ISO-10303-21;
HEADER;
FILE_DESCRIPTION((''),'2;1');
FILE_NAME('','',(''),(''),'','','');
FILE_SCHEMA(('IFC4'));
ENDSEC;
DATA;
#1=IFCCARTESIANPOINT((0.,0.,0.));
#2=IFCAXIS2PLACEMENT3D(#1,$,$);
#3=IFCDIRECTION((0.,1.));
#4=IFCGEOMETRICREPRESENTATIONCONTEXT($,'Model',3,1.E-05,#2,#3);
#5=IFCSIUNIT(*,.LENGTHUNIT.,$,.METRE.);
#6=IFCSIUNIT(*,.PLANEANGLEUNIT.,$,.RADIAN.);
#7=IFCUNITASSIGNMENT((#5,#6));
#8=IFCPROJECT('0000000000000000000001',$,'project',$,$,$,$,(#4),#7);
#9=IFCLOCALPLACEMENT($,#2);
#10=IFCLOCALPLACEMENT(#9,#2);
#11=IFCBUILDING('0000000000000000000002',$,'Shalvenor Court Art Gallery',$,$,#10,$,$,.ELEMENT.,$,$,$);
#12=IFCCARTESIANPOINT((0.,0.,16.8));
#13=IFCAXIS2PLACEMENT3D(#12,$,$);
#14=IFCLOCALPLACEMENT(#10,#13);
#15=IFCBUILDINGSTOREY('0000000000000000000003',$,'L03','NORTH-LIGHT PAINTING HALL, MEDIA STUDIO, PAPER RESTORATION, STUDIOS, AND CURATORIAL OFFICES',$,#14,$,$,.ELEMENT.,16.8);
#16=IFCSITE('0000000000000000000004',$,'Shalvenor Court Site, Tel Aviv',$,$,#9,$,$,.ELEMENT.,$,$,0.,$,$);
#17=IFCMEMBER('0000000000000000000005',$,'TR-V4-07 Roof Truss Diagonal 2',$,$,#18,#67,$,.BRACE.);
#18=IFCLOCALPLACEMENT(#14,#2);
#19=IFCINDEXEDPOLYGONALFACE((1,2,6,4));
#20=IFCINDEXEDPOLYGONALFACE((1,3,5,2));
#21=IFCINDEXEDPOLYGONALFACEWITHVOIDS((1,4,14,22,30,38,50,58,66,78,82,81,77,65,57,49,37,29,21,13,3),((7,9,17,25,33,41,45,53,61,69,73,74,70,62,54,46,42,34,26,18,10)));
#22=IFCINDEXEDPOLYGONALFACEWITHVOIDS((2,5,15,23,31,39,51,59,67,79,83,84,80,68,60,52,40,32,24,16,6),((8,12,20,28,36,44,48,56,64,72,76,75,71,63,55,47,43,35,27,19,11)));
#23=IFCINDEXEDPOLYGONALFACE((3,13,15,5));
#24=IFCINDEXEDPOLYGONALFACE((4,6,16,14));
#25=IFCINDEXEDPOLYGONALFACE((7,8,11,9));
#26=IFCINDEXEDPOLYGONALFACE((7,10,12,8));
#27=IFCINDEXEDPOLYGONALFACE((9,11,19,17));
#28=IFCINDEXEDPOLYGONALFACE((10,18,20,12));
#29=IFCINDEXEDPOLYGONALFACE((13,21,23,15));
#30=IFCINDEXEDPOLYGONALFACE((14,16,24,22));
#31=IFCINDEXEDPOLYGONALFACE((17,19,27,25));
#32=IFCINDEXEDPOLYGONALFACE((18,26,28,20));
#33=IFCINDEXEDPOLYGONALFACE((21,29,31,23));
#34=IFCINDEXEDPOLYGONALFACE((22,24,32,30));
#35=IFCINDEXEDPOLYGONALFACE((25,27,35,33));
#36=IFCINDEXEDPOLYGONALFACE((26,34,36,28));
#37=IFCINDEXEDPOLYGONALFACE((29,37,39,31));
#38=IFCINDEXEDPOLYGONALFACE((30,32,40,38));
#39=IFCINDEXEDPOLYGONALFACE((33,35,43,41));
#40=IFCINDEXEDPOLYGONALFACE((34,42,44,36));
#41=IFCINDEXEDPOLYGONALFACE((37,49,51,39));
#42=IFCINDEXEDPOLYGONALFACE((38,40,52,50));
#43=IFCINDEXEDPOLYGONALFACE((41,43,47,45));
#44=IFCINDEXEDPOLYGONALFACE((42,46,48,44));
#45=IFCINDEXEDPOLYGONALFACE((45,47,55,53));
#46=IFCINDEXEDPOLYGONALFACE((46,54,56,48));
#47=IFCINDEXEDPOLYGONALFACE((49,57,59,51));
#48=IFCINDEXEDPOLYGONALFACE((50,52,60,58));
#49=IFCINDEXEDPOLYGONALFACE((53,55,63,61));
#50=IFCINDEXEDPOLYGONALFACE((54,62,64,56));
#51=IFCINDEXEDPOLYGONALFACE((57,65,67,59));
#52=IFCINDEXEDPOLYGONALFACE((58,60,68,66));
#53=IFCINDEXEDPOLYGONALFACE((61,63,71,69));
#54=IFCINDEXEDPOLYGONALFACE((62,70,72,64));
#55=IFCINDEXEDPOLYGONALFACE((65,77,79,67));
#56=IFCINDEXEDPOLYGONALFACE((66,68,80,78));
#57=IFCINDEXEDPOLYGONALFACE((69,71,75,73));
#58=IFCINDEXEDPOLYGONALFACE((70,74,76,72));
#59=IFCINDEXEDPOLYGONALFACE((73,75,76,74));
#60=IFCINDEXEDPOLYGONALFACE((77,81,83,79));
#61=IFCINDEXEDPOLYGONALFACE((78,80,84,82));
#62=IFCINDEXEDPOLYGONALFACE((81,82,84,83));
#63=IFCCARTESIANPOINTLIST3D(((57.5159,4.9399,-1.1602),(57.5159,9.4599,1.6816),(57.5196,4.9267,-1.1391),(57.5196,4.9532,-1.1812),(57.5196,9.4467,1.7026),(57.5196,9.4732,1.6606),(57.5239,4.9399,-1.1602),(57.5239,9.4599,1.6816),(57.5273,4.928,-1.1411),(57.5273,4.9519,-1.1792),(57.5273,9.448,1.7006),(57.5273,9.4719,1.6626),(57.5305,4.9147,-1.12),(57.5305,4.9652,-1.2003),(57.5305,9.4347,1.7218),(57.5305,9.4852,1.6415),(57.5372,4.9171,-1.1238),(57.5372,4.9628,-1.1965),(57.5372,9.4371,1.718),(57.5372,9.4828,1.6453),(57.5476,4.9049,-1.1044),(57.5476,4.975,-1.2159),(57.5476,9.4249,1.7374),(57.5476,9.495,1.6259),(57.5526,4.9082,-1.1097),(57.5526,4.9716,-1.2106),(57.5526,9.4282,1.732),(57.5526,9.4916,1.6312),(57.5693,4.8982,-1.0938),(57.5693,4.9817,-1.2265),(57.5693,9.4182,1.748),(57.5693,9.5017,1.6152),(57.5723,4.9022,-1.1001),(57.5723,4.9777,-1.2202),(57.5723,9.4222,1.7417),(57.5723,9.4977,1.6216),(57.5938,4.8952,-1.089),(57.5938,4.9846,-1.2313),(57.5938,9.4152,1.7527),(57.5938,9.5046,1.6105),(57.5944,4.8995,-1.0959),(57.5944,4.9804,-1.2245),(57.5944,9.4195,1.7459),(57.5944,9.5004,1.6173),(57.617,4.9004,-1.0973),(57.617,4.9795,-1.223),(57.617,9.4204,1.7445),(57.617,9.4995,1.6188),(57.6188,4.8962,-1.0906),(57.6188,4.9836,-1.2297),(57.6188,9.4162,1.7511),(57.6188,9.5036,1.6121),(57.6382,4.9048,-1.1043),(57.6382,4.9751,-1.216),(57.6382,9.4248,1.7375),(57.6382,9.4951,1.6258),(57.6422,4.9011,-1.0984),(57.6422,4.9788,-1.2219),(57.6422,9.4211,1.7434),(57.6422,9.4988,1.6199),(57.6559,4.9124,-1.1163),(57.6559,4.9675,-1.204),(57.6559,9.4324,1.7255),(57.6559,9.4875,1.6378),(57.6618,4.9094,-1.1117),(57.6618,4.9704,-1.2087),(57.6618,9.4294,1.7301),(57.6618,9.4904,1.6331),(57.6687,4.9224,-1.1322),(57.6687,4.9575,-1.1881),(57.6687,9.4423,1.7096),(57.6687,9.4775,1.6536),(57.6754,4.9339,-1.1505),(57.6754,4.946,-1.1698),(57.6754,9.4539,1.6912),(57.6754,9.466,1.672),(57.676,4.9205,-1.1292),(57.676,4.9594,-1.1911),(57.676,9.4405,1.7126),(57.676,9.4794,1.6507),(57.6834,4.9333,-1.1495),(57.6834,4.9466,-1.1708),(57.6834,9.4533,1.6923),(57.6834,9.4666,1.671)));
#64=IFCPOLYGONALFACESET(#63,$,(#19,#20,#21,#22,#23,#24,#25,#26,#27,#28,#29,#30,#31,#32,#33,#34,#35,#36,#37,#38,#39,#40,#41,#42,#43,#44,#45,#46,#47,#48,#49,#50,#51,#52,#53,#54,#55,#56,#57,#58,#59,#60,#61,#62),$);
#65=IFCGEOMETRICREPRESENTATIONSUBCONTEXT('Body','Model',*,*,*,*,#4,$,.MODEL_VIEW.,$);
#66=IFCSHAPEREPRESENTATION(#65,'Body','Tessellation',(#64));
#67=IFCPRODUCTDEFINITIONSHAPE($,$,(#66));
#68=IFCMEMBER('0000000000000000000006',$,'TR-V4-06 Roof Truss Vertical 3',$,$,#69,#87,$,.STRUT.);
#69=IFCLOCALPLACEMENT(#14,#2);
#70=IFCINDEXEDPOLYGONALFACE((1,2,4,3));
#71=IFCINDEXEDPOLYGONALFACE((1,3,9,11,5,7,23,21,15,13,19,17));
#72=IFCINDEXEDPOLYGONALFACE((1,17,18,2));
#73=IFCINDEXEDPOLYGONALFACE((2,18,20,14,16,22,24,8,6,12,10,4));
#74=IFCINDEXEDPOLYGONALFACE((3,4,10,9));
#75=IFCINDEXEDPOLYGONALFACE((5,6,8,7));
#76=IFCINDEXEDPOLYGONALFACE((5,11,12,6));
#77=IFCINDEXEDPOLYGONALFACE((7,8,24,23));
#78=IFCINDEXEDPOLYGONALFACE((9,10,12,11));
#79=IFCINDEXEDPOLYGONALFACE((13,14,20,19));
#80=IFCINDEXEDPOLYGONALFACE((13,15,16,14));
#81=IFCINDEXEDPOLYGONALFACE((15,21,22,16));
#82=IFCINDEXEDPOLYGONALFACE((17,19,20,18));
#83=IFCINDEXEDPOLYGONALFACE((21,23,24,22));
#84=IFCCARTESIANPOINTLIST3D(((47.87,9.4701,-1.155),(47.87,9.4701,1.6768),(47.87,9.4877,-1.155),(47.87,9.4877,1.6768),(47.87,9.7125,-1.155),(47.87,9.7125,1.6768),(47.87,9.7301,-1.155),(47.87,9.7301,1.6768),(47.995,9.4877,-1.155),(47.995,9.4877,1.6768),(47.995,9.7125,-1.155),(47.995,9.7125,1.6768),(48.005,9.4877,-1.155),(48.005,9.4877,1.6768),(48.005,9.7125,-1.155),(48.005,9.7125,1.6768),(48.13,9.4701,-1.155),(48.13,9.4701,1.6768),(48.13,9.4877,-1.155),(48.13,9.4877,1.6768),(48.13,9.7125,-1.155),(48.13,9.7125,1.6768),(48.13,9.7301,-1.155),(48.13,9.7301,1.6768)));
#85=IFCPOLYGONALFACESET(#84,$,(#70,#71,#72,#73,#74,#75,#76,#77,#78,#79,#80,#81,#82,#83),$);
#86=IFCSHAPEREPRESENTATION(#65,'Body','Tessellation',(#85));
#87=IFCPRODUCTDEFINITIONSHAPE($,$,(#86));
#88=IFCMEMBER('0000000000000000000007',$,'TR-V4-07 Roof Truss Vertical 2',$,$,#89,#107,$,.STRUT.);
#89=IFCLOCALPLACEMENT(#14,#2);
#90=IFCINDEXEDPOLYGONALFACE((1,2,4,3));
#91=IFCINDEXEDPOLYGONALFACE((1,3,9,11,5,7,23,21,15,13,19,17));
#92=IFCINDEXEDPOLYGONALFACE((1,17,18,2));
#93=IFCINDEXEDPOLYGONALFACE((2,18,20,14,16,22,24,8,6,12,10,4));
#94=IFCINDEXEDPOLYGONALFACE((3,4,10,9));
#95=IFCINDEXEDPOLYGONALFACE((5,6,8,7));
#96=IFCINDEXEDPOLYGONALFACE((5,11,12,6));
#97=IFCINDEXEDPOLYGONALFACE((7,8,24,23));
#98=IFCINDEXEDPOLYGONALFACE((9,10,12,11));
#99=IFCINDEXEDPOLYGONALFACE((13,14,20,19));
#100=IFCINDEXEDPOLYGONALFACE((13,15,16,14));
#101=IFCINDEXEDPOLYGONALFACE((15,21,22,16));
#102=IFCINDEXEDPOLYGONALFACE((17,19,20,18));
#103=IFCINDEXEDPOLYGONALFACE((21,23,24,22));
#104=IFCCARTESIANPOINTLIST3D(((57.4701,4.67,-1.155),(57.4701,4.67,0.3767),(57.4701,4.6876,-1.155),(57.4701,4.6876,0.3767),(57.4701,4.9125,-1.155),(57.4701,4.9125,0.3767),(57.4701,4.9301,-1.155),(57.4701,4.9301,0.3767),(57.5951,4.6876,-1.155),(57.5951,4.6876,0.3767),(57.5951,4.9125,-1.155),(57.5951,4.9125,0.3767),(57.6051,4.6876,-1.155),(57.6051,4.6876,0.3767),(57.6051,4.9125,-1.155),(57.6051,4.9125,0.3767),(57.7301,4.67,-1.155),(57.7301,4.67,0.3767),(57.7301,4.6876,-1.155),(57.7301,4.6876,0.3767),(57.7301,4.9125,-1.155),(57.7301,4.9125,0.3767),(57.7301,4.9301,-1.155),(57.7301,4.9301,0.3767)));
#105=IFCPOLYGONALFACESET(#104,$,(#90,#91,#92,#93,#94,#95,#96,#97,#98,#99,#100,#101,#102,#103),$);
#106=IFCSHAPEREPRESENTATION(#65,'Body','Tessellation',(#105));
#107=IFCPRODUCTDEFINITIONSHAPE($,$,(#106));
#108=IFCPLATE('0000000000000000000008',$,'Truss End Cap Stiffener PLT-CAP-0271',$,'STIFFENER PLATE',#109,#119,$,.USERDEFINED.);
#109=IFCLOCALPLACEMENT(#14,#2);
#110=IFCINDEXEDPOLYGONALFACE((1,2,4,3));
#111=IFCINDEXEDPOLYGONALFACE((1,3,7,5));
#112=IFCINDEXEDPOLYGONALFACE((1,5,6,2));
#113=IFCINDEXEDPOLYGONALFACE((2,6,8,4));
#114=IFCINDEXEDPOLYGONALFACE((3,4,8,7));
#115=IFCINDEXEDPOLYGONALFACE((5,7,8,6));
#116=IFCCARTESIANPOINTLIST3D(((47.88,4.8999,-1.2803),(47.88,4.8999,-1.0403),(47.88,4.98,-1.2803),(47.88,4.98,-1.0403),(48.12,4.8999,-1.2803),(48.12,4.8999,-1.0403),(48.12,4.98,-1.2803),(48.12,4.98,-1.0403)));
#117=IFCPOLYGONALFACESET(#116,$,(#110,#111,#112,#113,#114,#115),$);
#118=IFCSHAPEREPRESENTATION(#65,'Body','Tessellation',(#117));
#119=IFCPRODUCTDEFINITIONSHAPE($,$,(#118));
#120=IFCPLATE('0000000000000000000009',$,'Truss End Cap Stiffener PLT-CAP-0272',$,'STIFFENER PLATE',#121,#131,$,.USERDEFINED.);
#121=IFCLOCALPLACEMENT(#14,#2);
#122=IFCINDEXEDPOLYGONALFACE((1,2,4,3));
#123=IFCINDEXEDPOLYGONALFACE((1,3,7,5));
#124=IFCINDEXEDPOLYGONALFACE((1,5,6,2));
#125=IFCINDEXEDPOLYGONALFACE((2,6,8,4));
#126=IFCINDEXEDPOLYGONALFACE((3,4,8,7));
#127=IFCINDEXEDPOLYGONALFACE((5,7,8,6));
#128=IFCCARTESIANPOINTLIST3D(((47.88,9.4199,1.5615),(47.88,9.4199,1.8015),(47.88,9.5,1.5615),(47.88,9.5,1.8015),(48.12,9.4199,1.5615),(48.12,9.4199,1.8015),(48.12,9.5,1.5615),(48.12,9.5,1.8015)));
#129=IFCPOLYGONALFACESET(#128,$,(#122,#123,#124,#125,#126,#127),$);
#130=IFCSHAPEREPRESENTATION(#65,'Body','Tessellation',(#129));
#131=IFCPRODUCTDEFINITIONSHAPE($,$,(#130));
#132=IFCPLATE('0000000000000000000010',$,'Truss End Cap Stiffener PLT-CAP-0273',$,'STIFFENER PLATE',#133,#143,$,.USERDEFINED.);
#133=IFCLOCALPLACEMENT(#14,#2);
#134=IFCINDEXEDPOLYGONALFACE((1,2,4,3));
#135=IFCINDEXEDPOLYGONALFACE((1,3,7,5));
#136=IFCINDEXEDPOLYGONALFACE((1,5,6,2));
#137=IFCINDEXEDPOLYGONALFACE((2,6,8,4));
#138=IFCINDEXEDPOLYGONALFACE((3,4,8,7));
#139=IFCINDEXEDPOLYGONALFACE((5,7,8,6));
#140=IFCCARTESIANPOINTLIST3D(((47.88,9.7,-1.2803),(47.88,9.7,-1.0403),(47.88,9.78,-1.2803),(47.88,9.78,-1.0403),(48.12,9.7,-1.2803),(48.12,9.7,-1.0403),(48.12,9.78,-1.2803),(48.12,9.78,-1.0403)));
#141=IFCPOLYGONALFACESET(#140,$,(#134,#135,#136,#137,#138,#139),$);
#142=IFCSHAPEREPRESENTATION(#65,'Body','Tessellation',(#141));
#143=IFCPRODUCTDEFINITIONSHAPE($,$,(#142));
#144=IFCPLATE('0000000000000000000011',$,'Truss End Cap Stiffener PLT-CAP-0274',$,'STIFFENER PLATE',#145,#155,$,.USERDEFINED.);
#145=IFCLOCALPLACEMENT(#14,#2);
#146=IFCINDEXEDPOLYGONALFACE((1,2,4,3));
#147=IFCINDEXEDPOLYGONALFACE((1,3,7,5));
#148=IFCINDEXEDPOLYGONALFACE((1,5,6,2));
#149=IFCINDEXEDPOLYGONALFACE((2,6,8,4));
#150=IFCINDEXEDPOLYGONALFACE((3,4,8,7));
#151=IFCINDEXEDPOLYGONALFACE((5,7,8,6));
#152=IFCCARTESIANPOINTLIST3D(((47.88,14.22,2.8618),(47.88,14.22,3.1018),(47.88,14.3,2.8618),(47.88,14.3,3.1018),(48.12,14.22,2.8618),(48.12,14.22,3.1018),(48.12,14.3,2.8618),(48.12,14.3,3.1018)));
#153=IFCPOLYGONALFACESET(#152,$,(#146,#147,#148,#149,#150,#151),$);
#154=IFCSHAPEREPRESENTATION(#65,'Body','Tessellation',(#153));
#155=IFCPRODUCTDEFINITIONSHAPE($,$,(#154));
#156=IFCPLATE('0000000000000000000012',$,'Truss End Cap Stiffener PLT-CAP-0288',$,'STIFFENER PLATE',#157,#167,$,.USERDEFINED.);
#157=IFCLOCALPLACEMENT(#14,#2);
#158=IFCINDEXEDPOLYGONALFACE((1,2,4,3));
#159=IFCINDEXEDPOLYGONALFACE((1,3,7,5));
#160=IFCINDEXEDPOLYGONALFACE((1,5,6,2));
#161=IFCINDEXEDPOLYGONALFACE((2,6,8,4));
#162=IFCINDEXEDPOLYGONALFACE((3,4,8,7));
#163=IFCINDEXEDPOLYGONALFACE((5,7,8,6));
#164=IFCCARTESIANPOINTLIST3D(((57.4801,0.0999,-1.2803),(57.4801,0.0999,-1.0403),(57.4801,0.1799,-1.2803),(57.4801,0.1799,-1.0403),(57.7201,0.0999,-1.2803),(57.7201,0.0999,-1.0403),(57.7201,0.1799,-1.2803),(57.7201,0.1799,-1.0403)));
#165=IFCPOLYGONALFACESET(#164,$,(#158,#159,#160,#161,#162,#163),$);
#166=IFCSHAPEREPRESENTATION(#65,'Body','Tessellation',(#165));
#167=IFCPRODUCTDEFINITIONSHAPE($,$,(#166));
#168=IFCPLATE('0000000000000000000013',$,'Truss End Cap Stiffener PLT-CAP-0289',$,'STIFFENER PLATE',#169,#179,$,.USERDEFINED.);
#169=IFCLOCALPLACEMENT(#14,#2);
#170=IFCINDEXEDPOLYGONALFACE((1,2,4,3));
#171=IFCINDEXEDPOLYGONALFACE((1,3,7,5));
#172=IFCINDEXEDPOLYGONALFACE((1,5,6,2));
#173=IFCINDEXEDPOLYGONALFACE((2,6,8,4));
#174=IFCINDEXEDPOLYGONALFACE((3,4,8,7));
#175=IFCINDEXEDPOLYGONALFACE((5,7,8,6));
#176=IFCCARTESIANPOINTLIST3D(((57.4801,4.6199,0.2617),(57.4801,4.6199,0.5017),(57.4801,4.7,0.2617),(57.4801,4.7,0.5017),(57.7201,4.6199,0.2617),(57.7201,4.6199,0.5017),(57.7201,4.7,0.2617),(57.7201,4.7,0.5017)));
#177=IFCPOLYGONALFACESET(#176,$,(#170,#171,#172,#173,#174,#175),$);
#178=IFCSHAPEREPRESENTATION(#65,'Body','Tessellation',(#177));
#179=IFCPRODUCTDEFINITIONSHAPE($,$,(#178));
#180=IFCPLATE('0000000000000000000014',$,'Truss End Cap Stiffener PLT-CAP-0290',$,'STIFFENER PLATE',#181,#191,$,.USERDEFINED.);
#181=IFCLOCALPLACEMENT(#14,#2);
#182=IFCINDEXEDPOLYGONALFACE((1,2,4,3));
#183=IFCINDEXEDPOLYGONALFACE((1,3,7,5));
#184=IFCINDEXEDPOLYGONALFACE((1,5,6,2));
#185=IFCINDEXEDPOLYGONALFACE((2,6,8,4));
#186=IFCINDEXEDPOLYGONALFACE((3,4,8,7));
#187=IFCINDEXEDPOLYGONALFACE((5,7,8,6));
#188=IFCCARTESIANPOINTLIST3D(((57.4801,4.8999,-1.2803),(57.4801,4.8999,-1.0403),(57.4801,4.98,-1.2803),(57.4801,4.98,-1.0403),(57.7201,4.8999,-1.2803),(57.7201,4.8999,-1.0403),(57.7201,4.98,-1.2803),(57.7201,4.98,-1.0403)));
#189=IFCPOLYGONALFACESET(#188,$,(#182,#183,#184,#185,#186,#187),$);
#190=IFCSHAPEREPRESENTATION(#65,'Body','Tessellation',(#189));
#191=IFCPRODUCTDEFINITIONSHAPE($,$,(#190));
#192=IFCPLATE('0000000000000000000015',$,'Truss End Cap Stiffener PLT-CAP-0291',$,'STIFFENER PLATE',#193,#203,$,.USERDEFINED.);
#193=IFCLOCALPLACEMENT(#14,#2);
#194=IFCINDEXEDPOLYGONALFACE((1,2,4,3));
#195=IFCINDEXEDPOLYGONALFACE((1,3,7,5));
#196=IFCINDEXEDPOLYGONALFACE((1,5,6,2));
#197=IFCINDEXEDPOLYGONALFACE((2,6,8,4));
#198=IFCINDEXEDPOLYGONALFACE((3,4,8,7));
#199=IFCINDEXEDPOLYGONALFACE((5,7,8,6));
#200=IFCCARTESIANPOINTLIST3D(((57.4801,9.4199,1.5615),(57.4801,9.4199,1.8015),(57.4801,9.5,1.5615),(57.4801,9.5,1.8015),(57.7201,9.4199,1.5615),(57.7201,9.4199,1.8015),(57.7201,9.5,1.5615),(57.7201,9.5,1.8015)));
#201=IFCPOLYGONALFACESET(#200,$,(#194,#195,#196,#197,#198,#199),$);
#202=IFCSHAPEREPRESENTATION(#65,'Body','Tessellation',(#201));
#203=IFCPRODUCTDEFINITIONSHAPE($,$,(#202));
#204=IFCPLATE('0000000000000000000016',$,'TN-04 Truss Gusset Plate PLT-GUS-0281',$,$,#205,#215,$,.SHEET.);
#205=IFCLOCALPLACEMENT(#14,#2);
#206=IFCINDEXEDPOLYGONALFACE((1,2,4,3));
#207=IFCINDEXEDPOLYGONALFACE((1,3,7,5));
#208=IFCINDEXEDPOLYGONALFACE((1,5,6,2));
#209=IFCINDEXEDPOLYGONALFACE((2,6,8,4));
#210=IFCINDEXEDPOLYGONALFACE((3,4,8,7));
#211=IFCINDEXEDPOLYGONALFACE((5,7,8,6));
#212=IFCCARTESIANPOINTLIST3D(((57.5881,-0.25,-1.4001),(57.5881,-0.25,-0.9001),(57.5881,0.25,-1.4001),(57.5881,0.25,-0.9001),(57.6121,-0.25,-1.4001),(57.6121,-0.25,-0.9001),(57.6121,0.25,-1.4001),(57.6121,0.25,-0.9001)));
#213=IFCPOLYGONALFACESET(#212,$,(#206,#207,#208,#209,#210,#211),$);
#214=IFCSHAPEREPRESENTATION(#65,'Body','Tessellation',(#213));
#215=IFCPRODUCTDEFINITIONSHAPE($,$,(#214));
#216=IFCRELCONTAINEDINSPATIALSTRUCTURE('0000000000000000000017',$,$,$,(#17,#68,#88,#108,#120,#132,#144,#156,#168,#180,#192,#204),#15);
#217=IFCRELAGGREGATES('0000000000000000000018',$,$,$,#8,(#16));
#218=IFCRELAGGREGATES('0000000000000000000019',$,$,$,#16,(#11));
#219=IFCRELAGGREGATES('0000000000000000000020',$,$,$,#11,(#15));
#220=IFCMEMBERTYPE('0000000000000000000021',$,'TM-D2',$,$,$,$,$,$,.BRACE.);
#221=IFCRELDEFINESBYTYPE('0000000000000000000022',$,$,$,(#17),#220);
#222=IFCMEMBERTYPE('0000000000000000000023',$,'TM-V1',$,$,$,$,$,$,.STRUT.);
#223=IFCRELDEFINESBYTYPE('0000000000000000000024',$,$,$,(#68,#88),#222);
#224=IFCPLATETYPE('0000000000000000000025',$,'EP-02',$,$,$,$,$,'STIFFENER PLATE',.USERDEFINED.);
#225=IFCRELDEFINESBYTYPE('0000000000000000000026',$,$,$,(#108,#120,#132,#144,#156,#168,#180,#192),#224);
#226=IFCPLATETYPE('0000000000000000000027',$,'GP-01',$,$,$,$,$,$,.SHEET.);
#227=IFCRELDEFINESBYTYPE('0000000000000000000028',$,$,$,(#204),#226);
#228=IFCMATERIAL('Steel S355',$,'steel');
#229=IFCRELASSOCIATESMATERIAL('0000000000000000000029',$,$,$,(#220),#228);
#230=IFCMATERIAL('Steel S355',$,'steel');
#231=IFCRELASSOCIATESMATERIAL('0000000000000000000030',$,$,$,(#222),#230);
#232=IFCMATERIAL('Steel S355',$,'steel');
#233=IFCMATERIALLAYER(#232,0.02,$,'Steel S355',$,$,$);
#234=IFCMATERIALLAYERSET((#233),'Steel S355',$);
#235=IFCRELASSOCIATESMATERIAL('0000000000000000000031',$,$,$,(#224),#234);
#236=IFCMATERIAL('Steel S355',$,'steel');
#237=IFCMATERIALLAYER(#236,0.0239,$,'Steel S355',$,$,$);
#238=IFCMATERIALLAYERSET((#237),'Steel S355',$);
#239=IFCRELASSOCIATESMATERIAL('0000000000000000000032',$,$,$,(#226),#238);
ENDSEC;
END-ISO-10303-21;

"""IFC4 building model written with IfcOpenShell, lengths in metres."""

from ifc_helpers import new_model, si_unit, direction, frame, origin, origin_2d, place, context, subcontext, project, spatial, rectangle, hollow_circle, i_section, extrude, material, layer, layer_set, material_profile, profile_set, type_object, element, save


model = new_model("IFC4")

# Units and contexts
model_context = context("Model", 3, precision=1e-05, world=origin(), true_north=direction((0.0, 1.0)))
body_context = subcontext(model_context, "Body", "Model", "MODEL_VIEW")
ifc_project = project(units=[si_unit("LENGTHUNIT", "METRE"), si_unit("PLANEANGLEUNIT", "RADIAN")], contexts=[model_context])

# Site, building, storey
site_placement = place(None, origin())
site = spatial("IfcSite", under=ifc_project, at=site_placement, Name="Shalvenor Court Site, Tel Aviv", CompositionType="ELEMENT", RefElevation=0.0)
building_placement = place(site_placement, origin())
building = spatial("IfcBuilding", under=site, at=building_placement, Name="Shalvenor Court Art Gallery", CompositionType="ELEMENT")
storey_placement = place(building_placement, frame((0.0, 0.0, 16.8)))
storey = spatial("IfcBuildingStorey", under=building, at=storey_placement, Name="L03", Description="NORTH-LIGHT PAINTING HALL, MEDIA STUDIO, PAPER RESTORATION, STUDIOS, AND CURATORIAL OFFICES", CompositionType="ELEMENT", Elevation=16.8)

# Members
ifc_material_1 = material(Name="Steel S355", Category="steel")
ifc_material_profile_1 = material_profile(ifc_material_1, hollow_circle(Radius=0.0842, WallThickness=0.0081, at=origin_2d()), Name="CHS 168.3x8.0")
ifc_profile_set_1 = profile_set([ifc_material_profile_1], Name="Steel S355")
member_type_1 = type_object("IfcMemberType", Name="TM-D2", PredefinedType="BRACE", material=ifc_profile_set_1)
member_1_placement = place(storey_placement, frame((57.6001, 4.9399, -1.1602), z_axis=(0.0, 0.846582, 0.532258), x_axis=(-1.0, 0.0, 0.0)))
element("IfcMember", 1, at=member_1_placement, inside=storey, type_object=member_type_1, Name="TR-V4-07 Roof Truss Diagonal 2", PredefinedType="BRACE", context=body_context, shape_type="SweptSolid", body=[
    extrude(hollow_circle(Radius=0.0842, WallThickness=0.0081, at=origin_2d()), origin(), (0.0, 0.0, 1.0), 5.3391),
])
ifc_material_2 = material(Name="Steel S355", Category="steel")
ifc_material_profile_2 = material_profile(ifc_material_2, i_section(OverallWidth=0.26, OverallDepth=0.26, WebThickness=0.01, FlangeThickness=0.0176, at=origin_2d()), Name="HEB 260")
ifc_profile_set_2 = profile_set([ifc_material_profile_2], Name="Steel S355")
member_type_2 = type_object("IfcMemberType", Name="TM-V1", PredefinedType="STRUT", material=ifc_profile_set_2)
member_2_placement = place(storey_placement, frame((48.0, 9.6001, -1.155), z_axis=(0.0, 0.0, 1.0), x_axis=(1.0, 0.0, 0.0)))
element("IfcMember", 2, at=member_2_placement, inside=storey, type_object=member_type_2, Name="TR-V4-06 Roof Truss Vertical 3", PredefinedType="STRUT", context=body_context, shape_type="SweptSolid", body=[
    extrude(i_section(OverallWidth=0.26, OverallDepth=0.26, WebThickness=0.01, FlangeThickness=0.0176, at=origin_2d()), origin(), (0.0, 0.0, 1.0), 2.8318),
])
member_3_placement = place(storey_placement, frame((57.6001, 4.8, -1.155), z_axis=(0.0, 0.0, 1.0), x_axis=(1.0, 0.0, 0.0)))
element("IfcMember", 3, at=member_3_placement, inside=storey, type_object=member_type_2, Name="TR-V4-07 Roof Truss Vertical 2", PredefinedType="STRUT", context=body_context, shape_type="SweptSolid", body=[
    extrude(i_section(OverallWidth=0.26, OverallDepth=0.26, WebThickness=0.01, FlangeThickness=0.0176, at=origin_2d()), origin(), (0.0, 0.0, 1.0), 1.5317),
])

# Plates
ifc_material_3 = material(Name="Steel S355", Category="steel")
ifc_layer_1 = layer(ifc_material_3, 0.02, Name="Steel S355")
ifc_layer_set_1 = layer_set([ifc_layer_1], Name="Steel S355")
plate_type_1 = type_object("IfcPlateType", Name="EP-02", ElementType="STIFFENER PLATE", PredefinedType="USERDEFINED", material=ifc_layer_set_1)
for number, where, z_axis, x_axis, name in (
    (4, (48.0, 4.9399, -1.2803), (0.0, 0.0, 1.0), (1.0, 0.0, 0.0), "Truss End Cap Stiffener PLT-CAP-0271"),
    (5, (48.0, 9.46, 1.5615), (0.0, 0.0, 1.0), (1.0, 0.0, 0.0), "Truss End Cap Stiffener PLT-CAP-0272"),
    (6, (48.0, 9.74, -1.2803), (0.0, 0.0, 1.0), (1.0, 0.0, 0.0), "Truss End Cap Stiffener PLT-CAP-0273"),
    (7, (48.0, 14.26, 2.8618), (0.0, 0.0, 1.0), (1.0, 0.0, 0.0), "Truss End Cap Stiffener PLT-CAP-0274"),
    (8, (57.6001, 0.1399, -1.2803), (0.0, 0.0, 1.0), (1.0, 0.0, 0.0), "Truss End Cap Stiffener PLT-CAP-0288"),
    (9, (57.6001, 4.6599, 0.2617), (0.0, 0.0, 1.0), (1.0, 0.0, 0.0), "Truss End Cap Stiffener PLT-CAP-0289"),
    (10, (57.6001, 4.9399, -1.2803), (0.0, 0.0, 1.0), (1.0, 0.0, 0.0), "Truss End Cap Stiffener PLT-CAP-0290"),
    (11, (57.6001, 9.46, 1.5615), (0.0, 0.0, 1.0), (1.0, 0.0, 0.0), "Truss End Cap Stiffener PLT-CAP-0291"),
):
    element("IfcPlate", number, at=place(storey_placement, frame(where, z_axis=z_axis, x_axis=x_axis)), inside=storey, type_object=plate_type_1, Name=name, ObjectType="STIFFENER PLATE", PredefinedType="USERDEFINED", context=body_context, shape_type="SweptSolid", body=[
        extrude(rectangle(XDim=0.24, YDim=0.0801, at=origin_2d()), origin(), (0.0, 0.0, 1.0), 0.24),
    ])
ifc_material_4 = material(Name="Steel S355", Category="steel")
ifc_layer_2 = layer(ifc_material_4, 0.0239, Name="Steel S355")
ifc_layer_set_2 = layer_set([ifc_layer_2], Name="Steel S355")
plate_type_2 = type_object("IfcPlateType", Name="GP-01", PredefinedType="SHEET", material=ifc_layer_set_2)
plate_1_placement = place(storey_placement, frame((57.6001, 0.0, -1.4001), z_axis=(0.0, 0.0, 1.0), x_axis=(0.0, 1.0, 0.0)))
element("IfcPlate", 12, at=plate_1_placement, inside=storey, type_object=plate_type_2, Name="TN-04 Truss Gusset Plate PLT-GUS-0281", PredefinedType="SHEET", context=body_context, shape_type="SweptSolid", body=[
    extrude(rectangle(XDim=0.5, YDim=0.0239, at=origin_2d()), origin(), (0.0, 0.0, 1.0), 0.5),
])

save(model, "model.ifc")
